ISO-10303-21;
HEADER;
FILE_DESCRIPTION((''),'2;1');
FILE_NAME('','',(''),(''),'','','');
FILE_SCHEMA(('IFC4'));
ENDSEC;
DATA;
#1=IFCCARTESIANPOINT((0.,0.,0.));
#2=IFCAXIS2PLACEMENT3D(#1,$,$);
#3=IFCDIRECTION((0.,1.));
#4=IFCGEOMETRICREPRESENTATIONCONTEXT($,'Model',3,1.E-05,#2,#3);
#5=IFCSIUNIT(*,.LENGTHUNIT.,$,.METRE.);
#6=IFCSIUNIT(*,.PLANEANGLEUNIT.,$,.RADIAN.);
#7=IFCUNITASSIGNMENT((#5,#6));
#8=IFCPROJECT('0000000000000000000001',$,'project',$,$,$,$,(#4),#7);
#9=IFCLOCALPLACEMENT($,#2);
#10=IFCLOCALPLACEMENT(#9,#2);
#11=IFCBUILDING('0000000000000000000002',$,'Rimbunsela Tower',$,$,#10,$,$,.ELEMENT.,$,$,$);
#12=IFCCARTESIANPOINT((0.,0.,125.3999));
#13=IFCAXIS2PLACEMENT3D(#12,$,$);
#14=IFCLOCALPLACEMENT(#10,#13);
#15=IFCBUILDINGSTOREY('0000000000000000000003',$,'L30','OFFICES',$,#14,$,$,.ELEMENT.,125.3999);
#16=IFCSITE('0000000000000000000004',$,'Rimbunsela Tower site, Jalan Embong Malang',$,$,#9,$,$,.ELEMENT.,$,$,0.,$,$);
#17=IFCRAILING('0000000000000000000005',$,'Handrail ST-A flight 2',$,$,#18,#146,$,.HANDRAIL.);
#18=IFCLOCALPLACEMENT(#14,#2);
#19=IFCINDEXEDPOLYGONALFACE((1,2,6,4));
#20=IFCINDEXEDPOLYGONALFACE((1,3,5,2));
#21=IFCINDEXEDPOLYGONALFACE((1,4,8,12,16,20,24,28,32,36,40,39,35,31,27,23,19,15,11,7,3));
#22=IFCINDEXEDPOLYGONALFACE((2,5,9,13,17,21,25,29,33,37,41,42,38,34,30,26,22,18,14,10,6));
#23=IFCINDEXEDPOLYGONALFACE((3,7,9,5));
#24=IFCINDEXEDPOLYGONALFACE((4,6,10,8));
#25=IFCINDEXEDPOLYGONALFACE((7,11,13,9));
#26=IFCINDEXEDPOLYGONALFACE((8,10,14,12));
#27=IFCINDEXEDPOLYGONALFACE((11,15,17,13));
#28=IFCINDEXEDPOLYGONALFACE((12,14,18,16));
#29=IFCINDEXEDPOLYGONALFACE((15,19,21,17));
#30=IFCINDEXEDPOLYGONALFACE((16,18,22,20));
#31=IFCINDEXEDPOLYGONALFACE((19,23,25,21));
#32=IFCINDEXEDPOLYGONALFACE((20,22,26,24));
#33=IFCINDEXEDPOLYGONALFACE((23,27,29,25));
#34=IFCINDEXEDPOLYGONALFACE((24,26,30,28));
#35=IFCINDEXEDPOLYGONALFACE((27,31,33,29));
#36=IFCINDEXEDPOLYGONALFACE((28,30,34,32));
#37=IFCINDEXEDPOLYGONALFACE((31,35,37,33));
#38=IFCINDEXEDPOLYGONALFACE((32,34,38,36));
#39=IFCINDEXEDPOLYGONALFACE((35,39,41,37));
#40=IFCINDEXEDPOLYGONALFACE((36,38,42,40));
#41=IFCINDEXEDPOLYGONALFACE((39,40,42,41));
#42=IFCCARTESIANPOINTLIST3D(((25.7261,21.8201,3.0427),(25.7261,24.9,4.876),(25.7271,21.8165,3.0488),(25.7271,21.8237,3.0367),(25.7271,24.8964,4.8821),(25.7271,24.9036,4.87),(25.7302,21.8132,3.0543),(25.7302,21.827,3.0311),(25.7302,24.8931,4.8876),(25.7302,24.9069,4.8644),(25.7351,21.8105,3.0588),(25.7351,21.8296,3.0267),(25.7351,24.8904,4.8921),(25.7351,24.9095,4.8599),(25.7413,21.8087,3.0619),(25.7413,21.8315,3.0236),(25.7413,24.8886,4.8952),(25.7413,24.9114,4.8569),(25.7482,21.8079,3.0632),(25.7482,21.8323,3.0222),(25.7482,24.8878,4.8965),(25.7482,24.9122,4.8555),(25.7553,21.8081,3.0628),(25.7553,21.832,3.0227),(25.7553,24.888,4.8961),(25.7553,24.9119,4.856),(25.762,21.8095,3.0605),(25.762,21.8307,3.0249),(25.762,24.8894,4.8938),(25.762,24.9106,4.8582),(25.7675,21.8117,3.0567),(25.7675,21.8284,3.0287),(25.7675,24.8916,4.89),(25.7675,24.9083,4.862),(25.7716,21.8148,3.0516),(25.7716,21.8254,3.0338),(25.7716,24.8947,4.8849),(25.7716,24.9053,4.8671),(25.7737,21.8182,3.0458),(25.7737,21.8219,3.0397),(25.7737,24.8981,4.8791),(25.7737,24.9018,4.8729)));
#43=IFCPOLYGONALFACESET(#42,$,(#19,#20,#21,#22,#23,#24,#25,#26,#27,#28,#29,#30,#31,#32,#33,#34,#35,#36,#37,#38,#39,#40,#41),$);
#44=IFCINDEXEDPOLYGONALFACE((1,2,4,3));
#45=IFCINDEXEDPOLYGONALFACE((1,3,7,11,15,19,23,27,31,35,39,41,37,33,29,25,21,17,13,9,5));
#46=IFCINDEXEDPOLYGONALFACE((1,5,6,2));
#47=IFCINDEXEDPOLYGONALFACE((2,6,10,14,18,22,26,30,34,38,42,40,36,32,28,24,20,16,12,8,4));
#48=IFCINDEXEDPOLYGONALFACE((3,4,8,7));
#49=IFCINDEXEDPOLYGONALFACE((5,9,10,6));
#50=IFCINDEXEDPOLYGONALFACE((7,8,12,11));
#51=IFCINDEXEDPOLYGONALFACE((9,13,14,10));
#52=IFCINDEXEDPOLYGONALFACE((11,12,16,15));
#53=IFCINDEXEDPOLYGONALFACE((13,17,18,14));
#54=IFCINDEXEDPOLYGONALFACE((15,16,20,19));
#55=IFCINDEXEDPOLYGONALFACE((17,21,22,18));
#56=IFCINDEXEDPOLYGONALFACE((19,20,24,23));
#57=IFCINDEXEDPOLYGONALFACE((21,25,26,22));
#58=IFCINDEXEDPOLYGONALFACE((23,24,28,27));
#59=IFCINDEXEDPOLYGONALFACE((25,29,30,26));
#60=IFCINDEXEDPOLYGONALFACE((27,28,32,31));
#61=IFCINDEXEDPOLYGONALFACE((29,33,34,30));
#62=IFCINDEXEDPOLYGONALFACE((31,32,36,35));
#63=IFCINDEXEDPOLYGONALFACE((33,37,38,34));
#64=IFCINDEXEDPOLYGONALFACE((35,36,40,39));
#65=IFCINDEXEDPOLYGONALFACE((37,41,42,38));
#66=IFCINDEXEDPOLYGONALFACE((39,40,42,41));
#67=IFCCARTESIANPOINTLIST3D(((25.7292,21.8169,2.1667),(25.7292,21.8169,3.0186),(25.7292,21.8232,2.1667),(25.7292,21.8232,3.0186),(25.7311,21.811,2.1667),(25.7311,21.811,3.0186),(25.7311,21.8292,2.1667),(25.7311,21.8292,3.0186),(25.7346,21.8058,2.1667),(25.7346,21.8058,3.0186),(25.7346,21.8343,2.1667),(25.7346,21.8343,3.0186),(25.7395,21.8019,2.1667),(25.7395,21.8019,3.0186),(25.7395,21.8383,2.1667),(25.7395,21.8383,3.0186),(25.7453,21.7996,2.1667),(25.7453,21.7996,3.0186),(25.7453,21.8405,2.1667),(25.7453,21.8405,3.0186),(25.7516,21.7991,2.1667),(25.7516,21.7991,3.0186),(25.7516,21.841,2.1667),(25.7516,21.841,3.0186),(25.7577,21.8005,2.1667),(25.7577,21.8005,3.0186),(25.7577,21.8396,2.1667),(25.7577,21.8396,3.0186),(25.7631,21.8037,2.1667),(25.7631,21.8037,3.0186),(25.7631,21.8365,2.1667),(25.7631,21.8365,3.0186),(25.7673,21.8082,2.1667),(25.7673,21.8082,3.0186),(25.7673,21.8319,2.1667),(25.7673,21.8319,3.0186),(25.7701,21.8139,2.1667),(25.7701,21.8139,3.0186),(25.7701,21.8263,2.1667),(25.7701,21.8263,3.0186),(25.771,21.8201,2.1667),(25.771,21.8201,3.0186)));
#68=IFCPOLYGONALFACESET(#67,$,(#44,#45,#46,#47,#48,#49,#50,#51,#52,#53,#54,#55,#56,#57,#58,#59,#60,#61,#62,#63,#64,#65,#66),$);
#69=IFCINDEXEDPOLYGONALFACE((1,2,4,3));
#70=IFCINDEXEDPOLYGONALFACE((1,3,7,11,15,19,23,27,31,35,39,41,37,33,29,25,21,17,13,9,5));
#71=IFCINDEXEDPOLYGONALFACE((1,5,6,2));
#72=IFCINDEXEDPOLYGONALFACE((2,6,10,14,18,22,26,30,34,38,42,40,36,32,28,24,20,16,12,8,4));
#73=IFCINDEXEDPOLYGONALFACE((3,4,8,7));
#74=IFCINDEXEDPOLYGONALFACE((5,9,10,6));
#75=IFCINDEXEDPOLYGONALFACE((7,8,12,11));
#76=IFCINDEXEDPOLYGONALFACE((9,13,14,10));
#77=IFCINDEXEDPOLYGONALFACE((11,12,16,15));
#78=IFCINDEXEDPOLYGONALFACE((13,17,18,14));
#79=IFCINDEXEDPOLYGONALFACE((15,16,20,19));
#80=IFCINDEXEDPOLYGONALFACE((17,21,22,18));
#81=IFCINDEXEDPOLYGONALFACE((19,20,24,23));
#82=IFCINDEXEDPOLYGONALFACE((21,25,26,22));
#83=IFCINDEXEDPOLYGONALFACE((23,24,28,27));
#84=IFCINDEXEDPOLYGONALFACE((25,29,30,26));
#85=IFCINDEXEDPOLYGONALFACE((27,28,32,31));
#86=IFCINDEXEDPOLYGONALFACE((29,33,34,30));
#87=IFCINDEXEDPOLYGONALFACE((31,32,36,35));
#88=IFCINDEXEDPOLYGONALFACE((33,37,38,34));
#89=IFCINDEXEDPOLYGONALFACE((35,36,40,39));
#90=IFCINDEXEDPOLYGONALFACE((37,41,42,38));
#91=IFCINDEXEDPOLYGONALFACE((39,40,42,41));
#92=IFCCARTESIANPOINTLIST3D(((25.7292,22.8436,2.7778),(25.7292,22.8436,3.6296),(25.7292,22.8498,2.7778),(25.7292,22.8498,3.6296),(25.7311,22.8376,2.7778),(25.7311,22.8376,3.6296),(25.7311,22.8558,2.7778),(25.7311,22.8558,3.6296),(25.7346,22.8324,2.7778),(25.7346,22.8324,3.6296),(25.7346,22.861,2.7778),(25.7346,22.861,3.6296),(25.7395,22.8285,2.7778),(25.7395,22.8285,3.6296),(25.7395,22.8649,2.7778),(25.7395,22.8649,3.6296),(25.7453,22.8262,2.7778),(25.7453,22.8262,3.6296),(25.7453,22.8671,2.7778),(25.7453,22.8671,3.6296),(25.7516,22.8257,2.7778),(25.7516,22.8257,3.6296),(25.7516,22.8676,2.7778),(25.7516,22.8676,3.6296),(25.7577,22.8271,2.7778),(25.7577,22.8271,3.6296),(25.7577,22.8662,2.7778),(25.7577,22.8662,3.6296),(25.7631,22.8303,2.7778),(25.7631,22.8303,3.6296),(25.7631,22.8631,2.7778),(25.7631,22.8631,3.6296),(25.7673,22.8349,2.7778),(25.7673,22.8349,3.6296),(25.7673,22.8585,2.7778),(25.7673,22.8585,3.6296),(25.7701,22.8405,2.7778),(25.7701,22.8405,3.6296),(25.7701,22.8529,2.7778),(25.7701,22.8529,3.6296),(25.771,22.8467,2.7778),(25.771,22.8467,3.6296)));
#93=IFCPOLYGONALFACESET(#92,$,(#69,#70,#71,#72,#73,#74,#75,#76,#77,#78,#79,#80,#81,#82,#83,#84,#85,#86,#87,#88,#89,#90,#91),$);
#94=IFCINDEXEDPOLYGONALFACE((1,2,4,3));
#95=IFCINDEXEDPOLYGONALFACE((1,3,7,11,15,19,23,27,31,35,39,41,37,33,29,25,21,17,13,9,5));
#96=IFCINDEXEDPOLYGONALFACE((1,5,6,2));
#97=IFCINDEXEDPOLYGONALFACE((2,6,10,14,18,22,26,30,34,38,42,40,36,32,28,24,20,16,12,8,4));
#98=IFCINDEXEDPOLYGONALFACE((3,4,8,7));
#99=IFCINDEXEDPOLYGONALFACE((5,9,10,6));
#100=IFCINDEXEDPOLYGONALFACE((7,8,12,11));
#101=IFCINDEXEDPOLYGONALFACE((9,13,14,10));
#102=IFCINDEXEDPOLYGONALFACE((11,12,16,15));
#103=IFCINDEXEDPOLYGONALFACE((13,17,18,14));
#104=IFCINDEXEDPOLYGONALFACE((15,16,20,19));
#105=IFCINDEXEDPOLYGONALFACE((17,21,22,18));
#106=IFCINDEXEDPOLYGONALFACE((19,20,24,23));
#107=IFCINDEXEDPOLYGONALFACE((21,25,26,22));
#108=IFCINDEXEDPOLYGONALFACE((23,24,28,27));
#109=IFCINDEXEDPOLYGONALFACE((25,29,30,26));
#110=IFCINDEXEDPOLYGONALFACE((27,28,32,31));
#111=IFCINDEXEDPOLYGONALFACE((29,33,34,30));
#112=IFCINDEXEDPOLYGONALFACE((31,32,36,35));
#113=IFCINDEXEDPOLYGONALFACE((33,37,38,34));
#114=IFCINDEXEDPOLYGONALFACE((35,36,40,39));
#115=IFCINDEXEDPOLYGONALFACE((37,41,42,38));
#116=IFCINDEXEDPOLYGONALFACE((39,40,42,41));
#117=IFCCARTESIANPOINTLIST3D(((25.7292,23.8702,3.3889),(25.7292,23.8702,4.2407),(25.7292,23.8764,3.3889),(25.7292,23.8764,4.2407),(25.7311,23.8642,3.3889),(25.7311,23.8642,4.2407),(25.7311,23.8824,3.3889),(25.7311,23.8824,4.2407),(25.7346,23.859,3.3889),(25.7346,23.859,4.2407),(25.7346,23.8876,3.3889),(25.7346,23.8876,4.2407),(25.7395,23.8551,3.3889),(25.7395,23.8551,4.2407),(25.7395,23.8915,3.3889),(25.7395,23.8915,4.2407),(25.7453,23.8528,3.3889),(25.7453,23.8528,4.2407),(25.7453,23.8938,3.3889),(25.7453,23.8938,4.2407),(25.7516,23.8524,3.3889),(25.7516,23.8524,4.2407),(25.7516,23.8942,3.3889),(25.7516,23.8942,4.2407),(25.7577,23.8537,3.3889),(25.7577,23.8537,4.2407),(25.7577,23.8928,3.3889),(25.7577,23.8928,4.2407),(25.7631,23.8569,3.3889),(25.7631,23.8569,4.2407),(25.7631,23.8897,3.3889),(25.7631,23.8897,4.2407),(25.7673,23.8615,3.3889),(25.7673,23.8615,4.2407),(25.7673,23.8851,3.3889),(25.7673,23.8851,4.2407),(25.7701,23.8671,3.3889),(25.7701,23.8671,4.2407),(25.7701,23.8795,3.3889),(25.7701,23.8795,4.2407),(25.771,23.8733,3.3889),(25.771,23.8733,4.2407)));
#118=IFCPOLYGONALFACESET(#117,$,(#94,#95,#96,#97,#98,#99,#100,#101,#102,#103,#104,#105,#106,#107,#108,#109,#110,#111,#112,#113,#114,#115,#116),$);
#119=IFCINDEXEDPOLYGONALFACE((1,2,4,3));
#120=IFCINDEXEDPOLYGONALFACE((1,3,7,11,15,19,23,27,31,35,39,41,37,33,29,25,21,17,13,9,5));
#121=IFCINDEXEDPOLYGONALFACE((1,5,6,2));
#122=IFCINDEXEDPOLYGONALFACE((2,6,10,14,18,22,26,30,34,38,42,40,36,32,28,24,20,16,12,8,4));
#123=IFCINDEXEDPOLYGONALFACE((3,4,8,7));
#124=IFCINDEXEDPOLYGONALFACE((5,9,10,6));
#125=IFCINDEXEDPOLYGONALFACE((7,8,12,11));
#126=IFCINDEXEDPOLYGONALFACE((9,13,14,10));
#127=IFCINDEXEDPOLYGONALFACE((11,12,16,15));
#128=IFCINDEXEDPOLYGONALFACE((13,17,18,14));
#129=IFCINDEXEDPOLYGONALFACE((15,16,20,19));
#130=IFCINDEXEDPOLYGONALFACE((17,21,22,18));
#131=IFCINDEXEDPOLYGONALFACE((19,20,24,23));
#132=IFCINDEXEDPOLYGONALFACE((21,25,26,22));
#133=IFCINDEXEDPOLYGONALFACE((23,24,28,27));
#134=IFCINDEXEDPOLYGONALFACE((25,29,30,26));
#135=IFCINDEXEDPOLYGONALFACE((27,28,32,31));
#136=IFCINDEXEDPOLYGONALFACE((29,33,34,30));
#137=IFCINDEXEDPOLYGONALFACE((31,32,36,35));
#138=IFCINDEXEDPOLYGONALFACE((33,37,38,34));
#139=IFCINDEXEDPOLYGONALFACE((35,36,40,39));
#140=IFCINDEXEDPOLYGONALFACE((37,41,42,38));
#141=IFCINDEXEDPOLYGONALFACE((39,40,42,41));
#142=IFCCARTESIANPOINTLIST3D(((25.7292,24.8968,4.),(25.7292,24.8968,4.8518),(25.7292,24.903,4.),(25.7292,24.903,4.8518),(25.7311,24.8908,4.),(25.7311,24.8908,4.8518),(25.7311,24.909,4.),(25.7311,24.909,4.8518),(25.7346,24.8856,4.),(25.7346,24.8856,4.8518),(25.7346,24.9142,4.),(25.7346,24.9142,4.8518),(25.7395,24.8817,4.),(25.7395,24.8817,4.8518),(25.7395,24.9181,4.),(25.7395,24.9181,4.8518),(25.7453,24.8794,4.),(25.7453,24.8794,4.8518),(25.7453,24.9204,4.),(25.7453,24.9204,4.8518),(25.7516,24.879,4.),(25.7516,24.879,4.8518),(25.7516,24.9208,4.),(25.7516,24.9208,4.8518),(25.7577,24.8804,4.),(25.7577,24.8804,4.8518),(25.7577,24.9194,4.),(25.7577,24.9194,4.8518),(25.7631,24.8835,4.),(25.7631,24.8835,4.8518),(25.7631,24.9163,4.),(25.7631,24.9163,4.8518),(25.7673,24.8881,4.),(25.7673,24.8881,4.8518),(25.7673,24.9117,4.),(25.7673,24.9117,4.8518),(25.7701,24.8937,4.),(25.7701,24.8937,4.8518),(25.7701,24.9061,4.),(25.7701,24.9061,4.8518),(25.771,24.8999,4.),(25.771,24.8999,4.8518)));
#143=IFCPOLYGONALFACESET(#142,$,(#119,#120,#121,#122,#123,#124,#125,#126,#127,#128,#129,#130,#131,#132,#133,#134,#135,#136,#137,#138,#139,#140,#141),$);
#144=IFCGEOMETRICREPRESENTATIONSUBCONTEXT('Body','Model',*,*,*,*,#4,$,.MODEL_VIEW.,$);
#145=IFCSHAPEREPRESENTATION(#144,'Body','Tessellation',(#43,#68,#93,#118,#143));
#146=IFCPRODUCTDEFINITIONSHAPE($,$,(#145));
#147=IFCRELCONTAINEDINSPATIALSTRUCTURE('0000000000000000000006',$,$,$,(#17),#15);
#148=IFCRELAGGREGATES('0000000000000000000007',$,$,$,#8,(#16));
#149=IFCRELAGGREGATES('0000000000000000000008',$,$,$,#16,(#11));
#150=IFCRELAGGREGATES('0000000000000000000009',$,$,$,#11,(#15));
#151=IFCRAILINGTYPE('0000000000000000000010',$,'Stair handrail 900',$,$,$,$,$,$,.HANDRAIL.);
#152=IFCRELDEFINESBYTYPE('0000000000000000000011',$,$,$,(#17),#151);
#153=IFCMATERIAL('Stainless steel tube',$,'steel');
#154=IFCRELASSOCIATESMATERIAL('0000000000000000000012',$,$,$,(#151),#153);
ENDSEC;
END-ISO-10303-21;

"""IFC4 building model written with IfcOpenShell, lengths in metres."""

from ifc_helpers import new_model, si_unit, direction, frame, origin, origin_2d, place, context, subcontext, project, spatial, circle, extrude, material, type_object, element, save


model = new_model("IFC4")

# Units and contexts
model_context = context("Model", 3, precision=1e-05, world=origin(), true_north=direction((0.0, 1.0)))
body_context = subcontext(model_context, "Body", "Model", "MODEL_VIEW")
ifc_project = project(units=[si_unit("LENGTHUNIT", "METRE"), si_unit("PLANEANGLEUNIT", "RADIAN")], contexts=[model_context])

# Site, building, storey
site_placement = place(None, origin())
site = spatial("IfcSite", under=ifc_project, at=site_placement, Name="Rimbunsela Tower site, Jalan Embong Malang", CompositionType="ELEMENT", RefElevation=0.0)
building_placement = place(site_placement, origin())
building = spatial("IfcBuilding", under=site, at=building_placement, Name="Rimbunsela Tower", CompositionType="ELEMENT")
storey_placement = place(building_placement, frame((0.0, 0.0, 125.3999)))
storey = spatial("IfcBuildingStorey", under=building, at=storey_placement, Name="L30", Description="OFFICES", CompositionType="ELEMENT", Elevation=125.3999)

# Railing
ifc_material_1 = material(Name="Stainless steel tube", Category="steel")
railing_type = type_object("IfcRailingType", Name="Stair handrail 900", PredefinedType="HANDRAIL", material=ifc_material_1)
railing_1_placement = place(storey_placement, frame((25.75, 21.8201, 2.1667)))
element("IfcRailing", 1, at=railing_1_placement, inside=storey, type_object=railing_type, Name="Handrail ST-A flight 2", PredefinedType="HANDRAIL", context=body_context, shape_type="SweptSolid", body=[
    extrude(circle(Radius=0.0239, at=origin_2d()), frame((0.0, 0.0, 0.876), z_axis=(0.0, 0.859291, 0.511487), x_axis=(-1.0, 0.0, 0.0)), (0.0, 0.0, 1.0), 3.5842),
    extrude(circle(Radius=0.021, at=origin_2d()), origin(), (0.0, 0.0, 1.0), 0.8518),
    extrude(circle(Radius=0.021, at=origin_2d()), frame((0.0, 1.0266, 0.6111)), (0.0, 0.0, 1.0), 0.8518),
    extrude(circle(Radius=0.021, at=origin_2d()), frame((0.0, 2.0532, 1.2222)), (0.0, 0.0, 1.0), 0.8518),
    extrude(circle(Radius=0.021, at=origin_2d()), frame((0.0, 3.0798, 1.8333)), (0.0, 0.0, 1.0), 0.8518),
])

save(model, "model.ifc")
